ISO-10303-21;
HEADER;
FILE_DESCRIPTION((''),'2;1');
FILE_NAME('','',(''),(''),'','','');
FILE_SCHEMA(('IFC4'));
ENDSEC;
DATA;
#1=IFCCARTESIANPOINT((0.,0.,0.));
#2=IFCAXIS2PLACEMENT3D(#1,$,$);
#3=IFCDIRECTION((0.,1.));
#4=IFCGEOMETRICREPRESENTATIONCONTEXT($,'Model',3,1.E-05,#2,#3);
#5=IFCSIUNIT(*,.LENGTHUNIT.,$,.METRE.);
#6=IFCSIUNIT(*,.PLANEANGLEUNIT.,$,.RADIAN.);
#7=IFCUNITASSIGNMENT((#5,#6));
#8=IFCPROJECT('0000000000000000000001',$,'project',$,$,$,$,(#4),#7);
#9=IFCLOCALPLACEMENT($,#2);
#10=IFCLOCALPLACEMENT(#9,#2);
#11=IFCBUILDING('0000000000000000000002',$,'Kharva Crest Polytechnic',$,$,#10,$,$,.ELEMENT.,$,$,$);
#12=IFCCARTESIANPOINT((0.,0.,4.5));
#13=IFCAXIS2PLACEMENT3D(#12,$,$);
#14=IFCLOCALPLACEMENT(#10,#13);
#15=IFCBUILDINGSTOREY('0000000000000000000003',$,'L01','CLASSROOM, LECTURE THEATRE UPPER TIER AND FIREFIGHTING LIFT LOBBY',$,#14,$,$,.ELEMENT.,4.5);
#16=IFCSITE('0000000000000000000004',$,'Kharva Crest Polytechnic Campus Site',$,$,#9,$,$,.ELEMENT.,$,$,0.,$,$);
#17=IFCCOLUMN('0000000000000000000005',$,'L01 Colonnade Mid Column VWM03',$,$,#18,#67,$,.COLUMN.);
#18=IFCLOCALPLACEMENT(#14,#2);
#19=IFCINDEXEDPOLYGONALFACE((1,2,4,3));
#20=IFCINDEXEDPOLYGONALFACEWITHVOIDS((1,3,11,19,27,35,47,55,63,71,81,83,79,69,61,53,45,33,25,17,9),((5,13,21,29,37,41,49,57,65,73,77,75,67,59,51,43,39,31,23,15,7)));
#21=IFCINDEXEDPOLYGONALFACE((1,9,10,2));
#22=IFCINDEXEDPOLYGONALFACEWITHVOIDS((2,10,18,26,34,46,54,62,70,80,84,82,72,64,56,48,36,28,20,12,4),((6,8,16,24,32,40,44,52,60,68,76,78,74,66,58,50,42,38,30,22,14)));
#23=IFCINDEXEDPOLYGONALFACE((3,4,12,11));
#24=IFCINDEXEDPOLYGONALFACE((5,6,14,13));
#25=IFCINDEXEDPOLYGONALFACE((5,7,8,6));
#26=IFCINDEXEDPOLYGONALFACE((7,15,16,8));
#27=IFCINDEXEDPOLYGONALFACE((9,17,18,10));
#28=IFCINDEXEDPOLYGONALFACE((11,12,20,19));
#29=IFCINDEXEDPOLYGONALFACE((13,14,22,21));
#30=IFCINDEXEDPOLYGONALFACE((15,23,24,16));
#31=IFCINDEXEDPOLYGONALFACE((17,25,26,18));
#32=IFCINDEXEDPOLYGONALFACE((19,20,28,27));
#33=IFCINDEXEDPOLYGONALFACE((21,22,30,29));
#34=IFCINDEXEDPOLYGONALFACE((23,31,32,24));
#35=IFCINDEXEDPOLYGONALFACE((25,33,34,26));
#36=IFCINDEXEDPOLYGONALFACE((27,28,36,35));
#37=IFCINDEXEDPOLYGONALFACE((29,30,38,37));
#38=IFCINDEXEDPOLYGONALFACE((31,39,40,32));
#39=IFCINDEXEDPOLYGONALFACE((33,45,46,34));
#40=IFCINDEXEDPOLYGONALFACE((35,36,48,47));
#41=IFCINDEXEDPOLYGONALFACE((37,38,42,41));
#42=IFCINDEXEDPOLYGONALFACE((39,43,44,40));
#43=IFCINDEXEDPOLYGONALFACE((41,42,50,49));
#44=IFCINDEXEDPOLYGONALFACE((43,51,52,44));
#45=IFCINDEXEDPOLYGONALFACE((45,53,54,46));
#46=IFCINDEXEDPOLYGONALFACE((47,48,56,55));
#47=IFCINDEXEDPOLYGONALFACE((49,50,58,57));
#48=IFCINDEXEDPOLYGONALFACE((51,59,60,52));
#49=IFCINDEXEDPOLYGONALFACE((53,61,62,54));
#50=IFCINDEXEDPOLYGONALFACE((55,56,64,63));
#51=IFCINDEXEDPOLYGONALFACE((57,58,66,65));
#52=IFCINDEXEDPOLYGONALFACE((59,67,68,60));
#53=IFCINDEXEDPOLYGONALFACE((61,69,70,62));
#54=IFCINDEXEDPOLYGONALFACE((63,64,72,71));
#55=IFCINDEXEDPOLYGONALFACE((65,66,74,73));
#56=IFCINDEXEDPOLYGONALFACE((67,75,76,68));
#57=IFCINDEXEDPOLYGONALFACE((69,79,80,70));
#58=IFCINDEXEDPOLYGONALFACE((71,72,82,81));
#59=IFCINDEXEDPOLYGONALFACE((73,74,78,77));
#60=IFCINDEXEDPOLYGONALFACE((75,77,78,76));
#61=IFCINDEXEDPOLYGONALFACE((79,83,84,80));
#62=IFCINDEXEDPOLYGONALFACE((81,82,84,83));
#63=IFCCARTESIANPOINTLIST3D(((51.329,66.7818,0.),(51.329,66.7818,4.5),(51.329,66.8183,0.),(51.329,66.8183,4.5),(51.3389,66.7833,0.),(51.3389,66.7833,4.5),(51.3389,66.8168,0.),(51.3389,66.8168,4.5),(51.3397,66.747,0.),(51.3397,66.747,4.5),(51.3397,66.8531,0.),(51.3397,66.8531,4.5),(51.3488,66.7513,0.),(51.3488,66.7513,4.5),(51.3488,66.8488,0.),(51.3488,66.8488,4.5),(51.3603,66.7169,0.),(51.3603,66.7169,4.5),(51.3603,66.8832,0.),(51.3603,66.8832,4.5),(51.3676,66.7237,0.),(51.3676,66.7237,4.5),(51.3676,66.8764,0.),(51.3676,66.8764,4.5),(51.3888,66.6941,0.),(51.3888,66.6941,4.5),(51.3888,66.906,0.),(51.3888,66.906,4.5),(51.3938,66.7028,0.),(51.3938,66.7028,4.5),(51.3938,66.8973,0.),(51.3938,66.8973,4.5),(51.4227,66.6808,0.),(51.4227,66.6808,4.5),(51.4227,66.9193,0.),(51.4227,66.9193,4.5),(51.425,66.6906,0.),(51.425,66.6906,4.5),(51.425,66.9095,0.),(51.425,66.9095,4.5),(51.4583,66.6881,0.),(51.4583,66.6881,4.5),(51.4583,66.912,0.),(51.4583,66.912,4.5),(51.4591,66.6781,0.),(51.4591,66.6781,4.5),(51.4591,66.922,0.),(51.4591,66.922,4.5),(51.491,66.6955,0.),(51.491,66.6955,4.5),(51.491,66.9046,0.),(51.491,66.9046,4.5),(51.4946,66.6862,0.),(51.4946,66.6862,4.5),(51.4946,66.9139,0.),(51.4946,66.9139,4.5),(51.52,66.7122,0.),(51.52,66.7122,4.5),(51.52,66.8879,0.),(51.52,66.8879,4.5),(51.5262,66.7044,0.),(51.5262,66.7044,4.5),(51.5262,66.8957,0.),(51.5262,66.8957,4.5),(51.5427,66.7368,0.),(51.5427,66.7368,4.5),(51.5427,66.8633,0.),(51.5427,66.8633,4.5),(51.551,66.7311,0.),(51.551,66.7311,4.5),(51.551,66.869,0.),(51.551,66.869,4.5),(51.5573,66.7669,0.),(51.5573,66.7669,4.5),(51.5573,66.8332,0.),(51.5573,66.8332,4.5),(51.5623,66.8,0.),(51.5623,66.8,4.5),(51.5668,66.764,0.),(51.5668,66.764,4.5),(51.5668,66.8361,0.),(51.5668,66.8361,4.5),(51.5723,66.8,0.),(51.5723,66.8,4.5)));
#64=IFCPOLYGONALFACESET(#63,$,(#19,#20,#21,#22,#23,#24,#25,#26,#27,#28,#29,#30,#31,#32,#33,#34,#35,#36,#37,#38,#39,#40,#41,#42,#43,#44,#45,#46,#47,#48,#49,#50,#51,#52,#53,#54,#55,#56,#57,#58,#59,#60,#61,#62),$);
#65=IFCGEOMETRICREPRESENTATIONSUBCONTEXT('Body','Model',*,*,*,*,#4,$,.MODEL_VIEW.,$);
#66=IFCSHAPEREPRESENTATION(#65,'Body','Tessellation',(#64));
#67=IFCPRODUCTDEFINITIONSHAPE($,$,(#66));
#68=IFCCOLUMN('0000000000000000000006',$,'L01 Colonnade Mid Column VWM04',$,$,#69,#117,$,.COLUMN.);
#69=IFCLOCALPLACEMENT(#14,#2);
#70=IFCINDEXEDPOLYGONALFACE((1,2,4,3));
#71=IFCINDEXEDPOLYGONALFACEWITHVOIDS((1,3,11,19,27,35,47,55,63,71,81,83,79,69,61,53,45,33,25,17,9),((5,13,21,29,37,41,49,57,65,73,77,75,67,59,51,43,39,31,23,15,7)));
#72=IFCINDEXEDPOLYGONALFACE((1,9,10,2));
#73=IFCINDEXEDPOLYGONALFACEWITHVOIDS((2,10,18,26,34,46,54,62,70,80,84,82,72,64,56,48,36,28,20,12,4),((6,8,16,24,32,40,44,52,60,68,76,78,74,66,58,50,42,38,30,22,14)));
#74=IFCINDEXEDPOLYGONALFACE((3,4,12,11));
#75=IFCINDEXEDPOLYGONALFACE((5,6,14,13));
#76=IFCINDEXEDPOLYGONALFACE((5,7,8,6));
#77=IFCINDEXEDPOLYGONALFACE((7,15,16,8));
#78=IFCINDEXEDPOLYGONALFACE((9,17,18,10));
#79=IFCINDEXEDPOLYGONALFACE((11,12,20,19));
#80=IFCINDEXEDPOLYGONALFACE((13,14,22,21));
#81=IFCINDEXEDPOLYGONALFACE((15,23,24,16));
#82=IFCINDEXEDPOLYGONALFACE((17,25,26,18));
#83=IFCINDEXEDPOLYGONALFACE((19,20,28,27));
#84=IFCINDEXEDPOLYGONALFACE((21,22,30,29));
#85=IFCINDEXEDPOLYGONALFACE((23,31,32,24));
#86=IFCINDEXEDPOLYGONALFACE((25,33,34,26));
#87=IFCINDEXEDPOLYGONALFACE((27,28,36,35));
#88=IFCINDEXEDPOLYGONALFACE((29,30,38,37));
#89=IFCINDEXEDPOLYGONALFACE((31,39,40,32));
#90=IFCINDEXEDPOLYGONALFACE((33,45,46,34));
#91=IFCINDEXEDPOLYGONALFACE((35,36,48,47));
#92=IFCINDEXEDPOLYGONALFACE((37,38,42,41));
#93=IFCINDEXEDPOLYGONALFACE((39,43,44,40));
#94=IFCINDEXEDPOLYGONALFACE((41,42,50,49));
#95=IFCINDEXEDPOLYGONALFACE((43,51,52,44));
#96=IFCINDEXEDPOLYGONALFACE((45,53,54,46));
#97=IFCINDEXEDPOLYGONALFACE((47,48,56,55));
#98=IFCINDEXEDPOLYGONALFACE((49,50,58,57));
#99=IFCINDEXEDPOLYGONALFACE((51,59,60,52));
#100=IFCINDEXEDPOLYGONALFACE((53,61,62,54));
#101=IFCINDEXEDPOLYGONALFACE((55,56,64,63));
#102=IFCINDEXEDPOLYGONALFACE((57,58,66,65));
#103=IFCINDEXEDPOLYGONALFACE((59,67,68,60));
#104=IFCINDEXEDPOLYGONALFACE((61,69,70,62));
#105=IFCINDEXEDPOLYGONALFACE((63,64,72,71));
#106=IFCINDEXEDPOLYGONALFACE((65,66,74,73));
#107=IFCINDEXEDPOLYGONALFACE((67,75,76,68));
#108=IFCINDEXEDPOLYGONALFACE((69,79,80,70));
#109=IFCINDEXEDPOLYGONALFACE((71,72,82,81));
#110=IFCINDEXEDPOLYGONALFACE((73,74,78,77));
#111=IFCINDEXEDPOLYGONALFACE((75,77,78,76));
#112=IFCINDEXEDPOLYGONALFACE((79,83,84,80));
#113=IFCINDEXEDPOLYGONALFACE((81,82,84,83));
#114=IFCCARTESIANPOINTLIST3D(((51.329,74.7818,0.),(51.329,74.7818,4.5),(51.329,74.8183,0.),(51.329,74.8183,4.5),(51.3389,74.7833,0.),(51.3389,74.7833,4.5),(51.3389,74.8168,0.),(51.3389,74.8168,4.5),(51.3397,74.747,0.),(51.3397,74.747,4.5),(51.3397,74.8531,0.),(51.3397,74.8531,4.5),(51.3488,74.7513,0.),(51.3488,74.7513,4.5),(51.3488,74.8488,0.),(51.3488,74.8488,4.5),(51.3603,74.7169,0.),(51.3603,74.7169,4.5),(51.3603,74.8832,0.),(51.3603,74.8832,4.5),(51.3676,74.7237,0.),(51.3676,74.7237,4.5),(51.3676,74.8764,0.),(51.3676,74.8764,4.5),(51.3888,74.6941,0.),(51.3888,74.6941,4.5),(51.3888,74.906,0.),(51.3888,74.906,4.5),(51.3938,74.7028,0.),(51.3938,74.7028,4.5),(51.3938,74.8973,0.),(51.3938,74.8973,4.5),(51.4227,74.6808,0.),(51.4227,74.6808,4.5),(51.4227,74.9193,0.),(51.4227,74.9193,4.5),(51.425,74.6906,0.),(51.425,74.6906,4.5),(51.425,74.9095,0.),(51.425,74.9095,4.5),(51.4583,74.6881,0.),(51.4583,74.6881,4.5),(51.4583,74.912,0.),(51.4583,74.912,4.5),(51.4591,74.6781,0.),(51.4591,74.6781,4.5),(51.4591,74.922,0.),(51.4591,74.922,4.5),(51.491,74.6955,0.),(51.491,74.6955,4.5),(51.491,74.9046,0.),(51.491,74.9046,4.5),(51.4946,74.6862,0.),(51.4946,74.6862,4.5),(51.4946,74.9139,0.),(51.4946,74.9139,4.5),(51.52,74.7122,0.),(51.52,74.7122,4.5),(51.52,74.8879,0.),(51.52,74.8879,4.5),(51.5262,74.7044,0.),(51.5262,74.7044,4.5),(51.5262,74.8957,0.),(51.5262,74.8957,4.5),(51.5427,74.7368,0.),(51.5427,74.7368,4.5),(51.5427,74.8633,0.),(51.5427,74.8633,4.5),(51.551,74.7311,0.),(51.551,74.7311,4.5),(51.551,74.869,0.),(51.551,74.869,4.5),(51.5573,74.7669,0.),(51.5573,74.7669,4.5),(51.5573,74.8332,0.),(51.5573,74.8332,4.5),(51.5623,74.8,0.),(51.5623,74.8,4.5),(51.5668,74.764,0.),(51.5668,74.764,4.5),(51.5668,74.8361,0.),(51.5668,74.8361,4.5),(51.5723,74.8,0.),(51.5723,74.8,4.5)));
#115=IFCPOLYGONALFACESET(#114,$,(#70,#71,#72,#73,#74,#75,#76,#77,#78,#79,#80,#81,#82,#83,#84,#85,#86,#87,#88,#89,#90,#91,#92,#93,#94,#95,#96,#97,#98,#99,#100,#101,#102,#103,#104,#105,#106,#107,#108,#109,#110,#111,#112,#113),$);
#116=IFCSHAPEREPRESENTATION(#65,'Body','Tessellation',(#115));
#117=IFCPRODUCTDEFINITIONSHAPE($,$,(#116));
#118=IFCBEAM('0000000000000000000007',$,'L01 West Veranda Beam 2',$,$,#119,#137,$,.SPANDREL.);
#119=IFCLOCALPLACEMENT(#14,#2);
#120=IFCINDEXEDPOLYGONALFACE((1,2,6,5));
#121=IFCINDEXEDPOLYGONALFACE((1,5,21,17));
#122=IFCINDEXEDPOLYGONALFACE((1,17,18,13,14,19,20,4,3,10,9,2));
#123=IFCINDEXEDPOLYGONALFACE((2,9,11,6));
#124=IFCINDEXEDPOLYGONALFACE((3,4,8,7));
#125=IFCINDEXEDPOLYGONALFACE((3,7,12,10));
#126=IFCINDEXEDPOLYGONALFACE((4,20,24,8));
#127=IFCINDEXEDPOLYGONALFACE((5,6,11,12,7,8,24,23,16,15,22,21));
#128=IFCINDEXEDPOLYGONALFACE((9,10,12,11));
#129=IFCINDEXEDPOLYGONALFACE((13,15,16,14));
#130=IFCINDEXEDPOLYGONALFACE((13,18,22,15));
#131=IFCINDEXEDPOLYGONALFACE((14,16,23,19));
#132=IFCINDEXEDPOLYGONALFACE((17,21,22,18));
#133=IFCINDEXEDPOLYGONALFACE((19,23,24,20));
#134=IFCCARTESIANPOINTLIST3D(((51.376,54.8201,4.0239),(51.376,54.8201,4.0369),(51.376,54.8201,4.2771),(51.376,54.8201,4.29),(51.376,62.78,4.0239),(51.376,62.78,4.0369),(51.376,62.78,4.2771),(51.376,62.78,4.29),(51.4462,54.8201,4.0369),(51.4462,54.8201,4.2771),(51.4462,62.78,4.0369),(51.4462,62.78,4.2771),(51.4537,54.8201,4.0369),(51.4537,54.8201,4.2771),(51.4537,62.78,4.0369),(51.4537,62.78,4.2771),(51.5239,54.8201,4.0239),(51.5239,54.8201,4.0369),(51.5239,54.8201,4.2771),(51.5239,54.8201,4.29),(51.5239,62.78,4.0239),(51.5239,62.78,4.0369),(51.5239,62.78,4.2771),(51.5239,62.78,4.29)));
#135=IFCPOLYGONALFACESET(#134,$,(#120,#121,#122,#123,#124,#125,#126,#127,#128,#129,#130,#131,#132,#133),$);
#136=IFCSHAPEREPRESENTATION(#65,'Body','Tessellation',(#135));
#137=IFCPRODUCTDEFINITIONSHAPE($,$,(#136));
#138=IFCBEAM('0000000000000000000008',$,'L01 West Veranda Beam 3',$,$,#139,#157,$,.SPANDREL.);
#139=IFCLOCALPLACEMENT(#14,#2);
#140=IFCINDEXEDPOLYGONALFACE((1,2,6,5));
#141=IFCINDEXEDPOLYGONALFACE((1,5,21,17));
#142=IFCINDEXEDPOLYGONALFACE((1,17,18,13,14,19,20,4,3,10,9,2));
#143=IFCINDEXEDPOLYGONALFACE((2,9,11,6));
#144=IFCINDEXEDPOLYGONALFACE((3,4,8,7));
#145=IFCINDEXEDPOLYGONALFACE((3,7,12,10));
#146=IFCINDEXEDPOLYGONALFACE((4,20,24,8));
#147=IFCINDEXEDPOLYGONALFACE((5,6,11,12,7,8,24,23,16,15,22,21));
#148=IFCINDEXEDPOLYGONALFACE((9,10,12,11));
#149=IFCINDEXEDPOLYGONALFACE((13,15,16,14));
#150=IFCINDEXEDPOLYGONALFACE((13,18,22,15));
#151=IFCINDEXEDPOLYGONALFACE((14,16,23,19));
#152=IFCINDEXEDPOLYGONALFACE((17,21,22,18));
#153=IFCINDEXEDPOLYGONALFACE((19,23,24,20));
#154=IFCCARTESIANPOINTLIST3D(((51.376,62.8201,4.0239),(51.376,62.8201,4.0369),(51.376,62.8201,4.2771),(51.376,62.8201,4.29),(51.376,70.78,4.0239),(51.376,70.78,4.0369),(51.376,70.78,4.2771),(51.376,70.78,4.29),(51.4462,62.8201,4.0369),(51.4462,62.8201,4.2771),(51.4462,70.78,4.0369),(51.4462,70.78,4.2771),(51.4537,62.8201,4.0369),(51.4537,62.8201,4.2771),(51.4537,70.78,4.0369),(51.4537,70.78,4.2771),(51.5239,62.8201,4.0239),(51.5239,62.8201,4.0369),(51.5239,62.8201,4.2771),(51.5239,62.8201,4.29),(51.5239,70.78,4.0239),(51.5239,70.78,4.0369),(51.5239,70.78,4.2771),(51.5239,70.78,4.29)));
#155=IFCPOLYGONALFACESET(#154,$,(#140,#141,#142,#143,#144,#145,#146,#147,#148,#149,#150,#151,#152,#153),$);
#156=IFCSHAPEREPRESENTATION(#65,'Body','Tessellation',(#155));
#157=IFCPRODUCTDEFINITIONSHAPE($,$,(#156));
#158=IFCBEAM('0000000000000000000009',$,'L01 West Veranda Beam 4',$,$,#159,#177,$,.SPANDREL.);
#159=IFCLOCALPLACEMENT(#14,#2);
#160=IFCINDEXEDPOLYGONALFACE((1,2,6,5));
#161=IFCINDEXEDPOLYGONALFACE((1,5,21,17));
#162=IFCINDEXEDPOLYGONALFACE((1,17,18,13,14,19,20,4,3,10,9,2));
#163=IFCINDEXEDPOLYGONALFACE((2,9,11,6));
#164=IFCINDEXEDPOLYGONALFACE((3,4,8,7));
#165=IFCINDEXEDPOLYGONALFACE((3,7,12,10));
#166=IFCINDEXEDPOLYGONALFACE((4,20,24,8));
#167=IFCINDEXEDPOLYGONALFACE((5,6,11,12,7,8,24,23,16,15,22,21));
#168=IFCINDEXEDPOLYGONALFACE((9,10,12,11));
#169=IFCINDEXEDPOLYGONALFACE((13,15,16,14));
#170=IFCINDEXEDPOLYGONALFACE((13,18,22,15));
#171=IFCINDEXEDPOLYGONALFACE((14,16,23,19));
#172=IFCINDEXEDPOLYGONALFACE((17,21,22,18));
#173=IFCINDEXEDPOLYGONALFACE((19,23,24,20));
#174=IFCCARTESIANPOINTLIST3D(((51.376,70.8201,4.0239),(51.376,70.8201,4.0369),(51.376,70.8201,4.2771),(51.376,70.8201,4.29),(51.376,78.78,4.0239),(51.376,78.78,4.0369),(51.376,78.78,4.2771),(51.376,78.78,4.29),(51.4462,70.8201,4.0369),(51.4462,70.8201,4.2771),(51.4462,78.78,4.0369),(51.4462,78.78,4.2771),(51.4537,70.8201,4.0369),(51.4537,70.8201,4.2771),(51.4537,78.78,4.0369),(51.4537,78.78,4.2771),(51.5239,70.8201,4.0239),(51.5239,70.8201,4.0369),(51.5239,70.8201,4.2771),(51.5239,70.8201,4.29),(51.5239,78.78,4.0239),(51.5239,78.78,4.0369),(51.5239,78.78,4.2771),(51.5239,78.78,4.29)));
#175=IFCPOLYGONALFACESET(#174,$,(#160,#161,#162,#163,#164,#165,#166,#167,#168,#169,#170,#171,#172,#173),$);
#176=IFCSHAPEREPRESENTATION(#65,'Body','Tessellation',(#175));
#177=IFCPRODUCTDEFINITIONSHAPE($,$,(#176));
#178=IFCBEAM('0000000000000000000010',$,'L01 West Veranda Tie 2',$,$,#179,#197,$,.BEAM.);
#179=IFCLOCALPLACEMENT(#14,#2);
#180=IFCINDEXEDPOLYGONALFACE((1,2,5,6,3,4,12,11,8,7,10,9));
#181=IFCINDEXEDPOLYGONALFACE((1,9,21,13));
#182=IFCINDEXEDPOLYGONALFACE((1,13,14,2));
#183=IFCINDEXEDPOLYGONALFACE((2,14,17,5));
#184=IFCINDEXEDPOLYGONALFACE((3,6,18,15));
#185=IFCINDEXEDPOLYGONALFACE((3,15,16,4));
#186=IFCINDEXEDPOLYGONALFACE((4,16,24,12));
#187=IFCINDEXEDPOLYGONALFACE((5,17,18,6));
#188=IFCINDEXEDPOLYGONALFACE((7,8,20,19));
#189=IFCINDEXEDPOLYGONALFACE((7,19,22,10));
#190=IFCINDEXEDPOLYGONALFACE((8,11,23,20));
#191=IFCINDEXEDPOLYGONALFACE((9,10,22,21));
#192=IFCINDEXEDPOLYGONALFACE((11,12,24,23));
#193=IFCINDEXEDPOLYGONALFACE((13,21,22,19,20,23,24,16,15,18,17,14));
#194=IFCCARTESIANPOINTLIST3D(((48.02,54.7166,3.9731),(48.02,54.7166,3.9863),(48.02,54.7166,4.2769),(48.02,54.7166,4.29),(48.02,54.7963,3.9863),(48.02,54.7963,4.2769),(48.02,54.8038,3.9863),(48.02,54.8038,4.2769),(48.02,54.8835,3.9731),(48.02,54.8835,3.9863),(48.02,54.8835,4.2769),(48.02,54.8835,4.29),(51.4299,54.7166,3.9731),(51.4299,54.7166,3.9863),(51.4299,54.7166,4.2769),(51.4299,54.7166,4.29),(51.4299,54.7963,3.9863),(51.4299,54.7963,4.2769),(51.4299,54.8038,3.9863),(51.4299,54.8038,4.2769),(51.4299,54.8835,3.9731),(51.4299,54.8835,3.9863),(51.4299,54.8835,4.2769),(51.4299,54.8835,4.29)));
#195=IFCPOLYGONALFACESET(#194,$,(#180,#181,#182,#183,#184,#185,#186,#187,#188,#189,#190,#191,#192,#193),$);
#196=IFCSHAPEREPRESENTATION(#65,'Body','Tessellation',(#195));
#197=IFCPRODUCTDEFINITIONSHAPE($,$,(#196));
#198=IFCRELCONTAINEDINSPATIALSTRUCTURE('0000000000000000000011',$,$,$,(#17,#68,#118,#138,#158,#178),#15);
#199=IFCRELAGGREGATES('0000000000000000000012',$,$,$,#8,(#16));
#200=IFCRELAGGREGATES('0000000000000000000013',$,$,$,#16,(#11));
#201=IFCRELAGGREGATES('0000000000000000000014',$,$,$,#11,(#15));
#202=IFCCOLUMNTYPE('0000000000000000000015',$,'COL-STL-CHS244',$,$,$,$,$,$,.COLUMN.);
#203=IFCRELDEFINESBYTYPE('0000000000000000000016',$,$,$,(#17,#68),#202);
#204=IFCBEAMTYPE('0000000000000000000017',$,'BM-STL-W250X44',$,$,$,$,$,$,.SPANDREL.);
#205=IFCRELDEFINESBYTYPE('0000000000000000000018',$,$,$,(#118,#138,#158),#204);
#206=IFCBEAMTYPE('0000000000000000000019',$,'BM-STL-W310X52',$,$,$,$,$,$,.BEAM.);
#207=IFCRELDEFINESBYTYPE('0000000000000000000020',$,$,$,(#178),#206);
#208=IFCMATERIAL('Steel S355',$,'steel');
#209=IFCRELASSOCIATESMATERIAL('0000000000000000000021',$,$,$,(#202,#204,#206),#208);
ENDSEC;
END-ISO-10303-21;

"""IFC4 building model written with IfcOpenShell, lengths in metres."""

from ifc_helpers import new_model, si_unit, direction, frame, origin, origin_2d, place, context, subcontext, project, spatial, hollow_circle, i_section, extrude, material, material_profile, profile_set, type_object, element, save


model = new_model("IFC4")

# Units and contexts
model_context = context("Model", 3, precision=1e-05, world=origin(), true_north=direction((0.0, 1.0)))
body_context = subcontext(model_context, "Body", "Model", "MODEL_VIEW")
ifc_project = project(units=[si_unit("LENGTHUNIT", "METRE"), si_unit("PLANEANGLEUNIT", "RADIAN")], contexts=[model_context])

# Site, building, storey
site_placement = place(None, origin())
site = spatial("IfcSite", under=ifc_project, at=site_placement, Name="Kharva Crest Polytechnic Campus Site", CompositionType="ELEMENT", RefElevation=0.0)
building_placement = place(site_placement, origin())
building = spatial("IfcBuilding", under=site, at=building_placement, Name="Kharva Crest Polytechnic", CompositionType="ELEMENT")
storey_placement = place(building_placement, frame((0.0, 0.0, 4.5)))
storey = spatial("IfcBuildingStorey", under=building, at=storey_placement, Name="L01", Description="CLASSROOM, LECTURE THEATRE UPPER TIER AND FIREFIGHTING LIFT LOBBY", CompositionType="ELEMENT", Elevation=4.5)

# Columns
ifc_material_1 = material(Name="Steel S355", Category="steel")
ifc_material_profile_1 = material_profile(ifc_material_1, hollow_circle(Radius=0.1223, WallThickness=0.01, at=origin_2d()), Name="CHS 244.5X10.0")
ifc_profile_set_1 = profile_set([ifc_material_profile_1], Name="Steel S355")
column_type_1 = type_object("IfcColumnType", Name="COL-STL-CHS244", PredefinedType="COLUMN", material=ifc_profile_set_1)
for number, where, z_axis, x_axis, name in (
    (1, (51.45, 66.8, 0.0), (0.0, 0.0, 1.0), (1.0, 0.0, 0.0), "L01 Colonnade Mid Column VWM03"),
    (2, (51.45, 74.8, 0.0), (0.0, 0.0, 1.0), (1.0, 0.0, 0.0), "L01 Colonnade Mid Column VWM04"),
):
    element("IfcColumn", number, at=place(storey_placement, frame(where, z_axis=z_axis, x_axis=x_axis)), inside=storey, type_object=column_type_1, Name=name, PredefinedType="COLUMN", context=body_context, shape_type="SweptSolid", body=[
        extrude(hollow_circle(Radius=0.1223, WallThickness=0.01, at=origin_2d()), origin(), (0.0, 0.0, 1.0), 4.5),
    ])

# Beams
ifc_material_profile_2 = material_profile(ifc_material_1, i_section(OverallWidth=0.1479, OverallDepth=0.2661, WebThickness=0.0076, FlangeThickness=0.0129, at=origin_2d()), Name="W250X44.8")
ifc_profile_set_2 = profile_set([ifc_material_profile_2], Name="Steel S355")
beam_type_1 = type_object("IfcBeamType", Name="BM-STL-W250X44", PredefinedType="SPANDREL", material=ifc_profile_set_2)
for number, where, z_axis, x_axis, name in (
    (3, (51.45, 54.8201, 4.157), (0.0, 1.0, 0.0), (-1.0, 0.0, 0.0), "L01 West Veranda Beam 2"),
    (4, (51.45, 62.8201, 4.157), (0.0, 1.0, 0.0), (-1.0, 0.0, 0.0), "L01 West Veranda Beam 3"),
    (5, (51.45, 70.8201, 4.157), (0.0, 1.0, 0.0), (-1.0, 0.0, 0.0), "L01 West Veranda Beam 4"),
):
    element("IfcBeam", number, at=place(storey_placement, frame(where, z_axis=z_axis, x_axis=x_axis)), inside=storey, type_object=beam_type_1, Name=name, PredefinedType="SPANDREL", context=body_context, shape_type="SweptSolid", body=[
        extrude(i_section(OverallWidth=0.1479, OverallDepth=0.2661, WebThickness=0.0076, FlangeThickness=0.0129, at=origin_2d()), origin(), (0.0, 0.0, 1.0), 7.96),
    ])
ifc_material_profile_3 = material_profile(ifc_material_1, i_section(OverallWidth=0.167, OverallDepth=0.3169, WebThickness=0.0076, FlangeThickness=0.0132, at=origin_2d()), Name="W310X52")
ifc_profile_set_3 = profile_set([ifc_material_profile_3], Name="Steel S355")
beam_type_2 = type_object("IfcBeamType", Name="BM-STL-W310X52", PredefinedType="BEAM", material=ifc_profile_set_3)
for number, where, z_axis, x_axis, name in (
    (6, (48.02, 54.8, 4.1316), (1.0, 0.0, 0.0), (0.0, 1.0, 0.0), "L01 West Veranda Tie 2"),
):
    element("IfcBeam", number, at=place(storey_placement, frame(where, z_axis=z_axis, x_axis=x_axis)), inside=storey, type_object=beam_type_2, Name=name, PredefinedType="BEAM", context=body_context, shape_type="SweptSolid", body=[
        extrude(i_section(OverallWidth=0.167, OverallDepth=0.3169, WebThickness=0.0076, FlangeThickness=0.0132, at=origin_2d()), origin(), (0.0, 0.0, 1.0), 3.4099),
    ])

save(model, "model.ifc")
